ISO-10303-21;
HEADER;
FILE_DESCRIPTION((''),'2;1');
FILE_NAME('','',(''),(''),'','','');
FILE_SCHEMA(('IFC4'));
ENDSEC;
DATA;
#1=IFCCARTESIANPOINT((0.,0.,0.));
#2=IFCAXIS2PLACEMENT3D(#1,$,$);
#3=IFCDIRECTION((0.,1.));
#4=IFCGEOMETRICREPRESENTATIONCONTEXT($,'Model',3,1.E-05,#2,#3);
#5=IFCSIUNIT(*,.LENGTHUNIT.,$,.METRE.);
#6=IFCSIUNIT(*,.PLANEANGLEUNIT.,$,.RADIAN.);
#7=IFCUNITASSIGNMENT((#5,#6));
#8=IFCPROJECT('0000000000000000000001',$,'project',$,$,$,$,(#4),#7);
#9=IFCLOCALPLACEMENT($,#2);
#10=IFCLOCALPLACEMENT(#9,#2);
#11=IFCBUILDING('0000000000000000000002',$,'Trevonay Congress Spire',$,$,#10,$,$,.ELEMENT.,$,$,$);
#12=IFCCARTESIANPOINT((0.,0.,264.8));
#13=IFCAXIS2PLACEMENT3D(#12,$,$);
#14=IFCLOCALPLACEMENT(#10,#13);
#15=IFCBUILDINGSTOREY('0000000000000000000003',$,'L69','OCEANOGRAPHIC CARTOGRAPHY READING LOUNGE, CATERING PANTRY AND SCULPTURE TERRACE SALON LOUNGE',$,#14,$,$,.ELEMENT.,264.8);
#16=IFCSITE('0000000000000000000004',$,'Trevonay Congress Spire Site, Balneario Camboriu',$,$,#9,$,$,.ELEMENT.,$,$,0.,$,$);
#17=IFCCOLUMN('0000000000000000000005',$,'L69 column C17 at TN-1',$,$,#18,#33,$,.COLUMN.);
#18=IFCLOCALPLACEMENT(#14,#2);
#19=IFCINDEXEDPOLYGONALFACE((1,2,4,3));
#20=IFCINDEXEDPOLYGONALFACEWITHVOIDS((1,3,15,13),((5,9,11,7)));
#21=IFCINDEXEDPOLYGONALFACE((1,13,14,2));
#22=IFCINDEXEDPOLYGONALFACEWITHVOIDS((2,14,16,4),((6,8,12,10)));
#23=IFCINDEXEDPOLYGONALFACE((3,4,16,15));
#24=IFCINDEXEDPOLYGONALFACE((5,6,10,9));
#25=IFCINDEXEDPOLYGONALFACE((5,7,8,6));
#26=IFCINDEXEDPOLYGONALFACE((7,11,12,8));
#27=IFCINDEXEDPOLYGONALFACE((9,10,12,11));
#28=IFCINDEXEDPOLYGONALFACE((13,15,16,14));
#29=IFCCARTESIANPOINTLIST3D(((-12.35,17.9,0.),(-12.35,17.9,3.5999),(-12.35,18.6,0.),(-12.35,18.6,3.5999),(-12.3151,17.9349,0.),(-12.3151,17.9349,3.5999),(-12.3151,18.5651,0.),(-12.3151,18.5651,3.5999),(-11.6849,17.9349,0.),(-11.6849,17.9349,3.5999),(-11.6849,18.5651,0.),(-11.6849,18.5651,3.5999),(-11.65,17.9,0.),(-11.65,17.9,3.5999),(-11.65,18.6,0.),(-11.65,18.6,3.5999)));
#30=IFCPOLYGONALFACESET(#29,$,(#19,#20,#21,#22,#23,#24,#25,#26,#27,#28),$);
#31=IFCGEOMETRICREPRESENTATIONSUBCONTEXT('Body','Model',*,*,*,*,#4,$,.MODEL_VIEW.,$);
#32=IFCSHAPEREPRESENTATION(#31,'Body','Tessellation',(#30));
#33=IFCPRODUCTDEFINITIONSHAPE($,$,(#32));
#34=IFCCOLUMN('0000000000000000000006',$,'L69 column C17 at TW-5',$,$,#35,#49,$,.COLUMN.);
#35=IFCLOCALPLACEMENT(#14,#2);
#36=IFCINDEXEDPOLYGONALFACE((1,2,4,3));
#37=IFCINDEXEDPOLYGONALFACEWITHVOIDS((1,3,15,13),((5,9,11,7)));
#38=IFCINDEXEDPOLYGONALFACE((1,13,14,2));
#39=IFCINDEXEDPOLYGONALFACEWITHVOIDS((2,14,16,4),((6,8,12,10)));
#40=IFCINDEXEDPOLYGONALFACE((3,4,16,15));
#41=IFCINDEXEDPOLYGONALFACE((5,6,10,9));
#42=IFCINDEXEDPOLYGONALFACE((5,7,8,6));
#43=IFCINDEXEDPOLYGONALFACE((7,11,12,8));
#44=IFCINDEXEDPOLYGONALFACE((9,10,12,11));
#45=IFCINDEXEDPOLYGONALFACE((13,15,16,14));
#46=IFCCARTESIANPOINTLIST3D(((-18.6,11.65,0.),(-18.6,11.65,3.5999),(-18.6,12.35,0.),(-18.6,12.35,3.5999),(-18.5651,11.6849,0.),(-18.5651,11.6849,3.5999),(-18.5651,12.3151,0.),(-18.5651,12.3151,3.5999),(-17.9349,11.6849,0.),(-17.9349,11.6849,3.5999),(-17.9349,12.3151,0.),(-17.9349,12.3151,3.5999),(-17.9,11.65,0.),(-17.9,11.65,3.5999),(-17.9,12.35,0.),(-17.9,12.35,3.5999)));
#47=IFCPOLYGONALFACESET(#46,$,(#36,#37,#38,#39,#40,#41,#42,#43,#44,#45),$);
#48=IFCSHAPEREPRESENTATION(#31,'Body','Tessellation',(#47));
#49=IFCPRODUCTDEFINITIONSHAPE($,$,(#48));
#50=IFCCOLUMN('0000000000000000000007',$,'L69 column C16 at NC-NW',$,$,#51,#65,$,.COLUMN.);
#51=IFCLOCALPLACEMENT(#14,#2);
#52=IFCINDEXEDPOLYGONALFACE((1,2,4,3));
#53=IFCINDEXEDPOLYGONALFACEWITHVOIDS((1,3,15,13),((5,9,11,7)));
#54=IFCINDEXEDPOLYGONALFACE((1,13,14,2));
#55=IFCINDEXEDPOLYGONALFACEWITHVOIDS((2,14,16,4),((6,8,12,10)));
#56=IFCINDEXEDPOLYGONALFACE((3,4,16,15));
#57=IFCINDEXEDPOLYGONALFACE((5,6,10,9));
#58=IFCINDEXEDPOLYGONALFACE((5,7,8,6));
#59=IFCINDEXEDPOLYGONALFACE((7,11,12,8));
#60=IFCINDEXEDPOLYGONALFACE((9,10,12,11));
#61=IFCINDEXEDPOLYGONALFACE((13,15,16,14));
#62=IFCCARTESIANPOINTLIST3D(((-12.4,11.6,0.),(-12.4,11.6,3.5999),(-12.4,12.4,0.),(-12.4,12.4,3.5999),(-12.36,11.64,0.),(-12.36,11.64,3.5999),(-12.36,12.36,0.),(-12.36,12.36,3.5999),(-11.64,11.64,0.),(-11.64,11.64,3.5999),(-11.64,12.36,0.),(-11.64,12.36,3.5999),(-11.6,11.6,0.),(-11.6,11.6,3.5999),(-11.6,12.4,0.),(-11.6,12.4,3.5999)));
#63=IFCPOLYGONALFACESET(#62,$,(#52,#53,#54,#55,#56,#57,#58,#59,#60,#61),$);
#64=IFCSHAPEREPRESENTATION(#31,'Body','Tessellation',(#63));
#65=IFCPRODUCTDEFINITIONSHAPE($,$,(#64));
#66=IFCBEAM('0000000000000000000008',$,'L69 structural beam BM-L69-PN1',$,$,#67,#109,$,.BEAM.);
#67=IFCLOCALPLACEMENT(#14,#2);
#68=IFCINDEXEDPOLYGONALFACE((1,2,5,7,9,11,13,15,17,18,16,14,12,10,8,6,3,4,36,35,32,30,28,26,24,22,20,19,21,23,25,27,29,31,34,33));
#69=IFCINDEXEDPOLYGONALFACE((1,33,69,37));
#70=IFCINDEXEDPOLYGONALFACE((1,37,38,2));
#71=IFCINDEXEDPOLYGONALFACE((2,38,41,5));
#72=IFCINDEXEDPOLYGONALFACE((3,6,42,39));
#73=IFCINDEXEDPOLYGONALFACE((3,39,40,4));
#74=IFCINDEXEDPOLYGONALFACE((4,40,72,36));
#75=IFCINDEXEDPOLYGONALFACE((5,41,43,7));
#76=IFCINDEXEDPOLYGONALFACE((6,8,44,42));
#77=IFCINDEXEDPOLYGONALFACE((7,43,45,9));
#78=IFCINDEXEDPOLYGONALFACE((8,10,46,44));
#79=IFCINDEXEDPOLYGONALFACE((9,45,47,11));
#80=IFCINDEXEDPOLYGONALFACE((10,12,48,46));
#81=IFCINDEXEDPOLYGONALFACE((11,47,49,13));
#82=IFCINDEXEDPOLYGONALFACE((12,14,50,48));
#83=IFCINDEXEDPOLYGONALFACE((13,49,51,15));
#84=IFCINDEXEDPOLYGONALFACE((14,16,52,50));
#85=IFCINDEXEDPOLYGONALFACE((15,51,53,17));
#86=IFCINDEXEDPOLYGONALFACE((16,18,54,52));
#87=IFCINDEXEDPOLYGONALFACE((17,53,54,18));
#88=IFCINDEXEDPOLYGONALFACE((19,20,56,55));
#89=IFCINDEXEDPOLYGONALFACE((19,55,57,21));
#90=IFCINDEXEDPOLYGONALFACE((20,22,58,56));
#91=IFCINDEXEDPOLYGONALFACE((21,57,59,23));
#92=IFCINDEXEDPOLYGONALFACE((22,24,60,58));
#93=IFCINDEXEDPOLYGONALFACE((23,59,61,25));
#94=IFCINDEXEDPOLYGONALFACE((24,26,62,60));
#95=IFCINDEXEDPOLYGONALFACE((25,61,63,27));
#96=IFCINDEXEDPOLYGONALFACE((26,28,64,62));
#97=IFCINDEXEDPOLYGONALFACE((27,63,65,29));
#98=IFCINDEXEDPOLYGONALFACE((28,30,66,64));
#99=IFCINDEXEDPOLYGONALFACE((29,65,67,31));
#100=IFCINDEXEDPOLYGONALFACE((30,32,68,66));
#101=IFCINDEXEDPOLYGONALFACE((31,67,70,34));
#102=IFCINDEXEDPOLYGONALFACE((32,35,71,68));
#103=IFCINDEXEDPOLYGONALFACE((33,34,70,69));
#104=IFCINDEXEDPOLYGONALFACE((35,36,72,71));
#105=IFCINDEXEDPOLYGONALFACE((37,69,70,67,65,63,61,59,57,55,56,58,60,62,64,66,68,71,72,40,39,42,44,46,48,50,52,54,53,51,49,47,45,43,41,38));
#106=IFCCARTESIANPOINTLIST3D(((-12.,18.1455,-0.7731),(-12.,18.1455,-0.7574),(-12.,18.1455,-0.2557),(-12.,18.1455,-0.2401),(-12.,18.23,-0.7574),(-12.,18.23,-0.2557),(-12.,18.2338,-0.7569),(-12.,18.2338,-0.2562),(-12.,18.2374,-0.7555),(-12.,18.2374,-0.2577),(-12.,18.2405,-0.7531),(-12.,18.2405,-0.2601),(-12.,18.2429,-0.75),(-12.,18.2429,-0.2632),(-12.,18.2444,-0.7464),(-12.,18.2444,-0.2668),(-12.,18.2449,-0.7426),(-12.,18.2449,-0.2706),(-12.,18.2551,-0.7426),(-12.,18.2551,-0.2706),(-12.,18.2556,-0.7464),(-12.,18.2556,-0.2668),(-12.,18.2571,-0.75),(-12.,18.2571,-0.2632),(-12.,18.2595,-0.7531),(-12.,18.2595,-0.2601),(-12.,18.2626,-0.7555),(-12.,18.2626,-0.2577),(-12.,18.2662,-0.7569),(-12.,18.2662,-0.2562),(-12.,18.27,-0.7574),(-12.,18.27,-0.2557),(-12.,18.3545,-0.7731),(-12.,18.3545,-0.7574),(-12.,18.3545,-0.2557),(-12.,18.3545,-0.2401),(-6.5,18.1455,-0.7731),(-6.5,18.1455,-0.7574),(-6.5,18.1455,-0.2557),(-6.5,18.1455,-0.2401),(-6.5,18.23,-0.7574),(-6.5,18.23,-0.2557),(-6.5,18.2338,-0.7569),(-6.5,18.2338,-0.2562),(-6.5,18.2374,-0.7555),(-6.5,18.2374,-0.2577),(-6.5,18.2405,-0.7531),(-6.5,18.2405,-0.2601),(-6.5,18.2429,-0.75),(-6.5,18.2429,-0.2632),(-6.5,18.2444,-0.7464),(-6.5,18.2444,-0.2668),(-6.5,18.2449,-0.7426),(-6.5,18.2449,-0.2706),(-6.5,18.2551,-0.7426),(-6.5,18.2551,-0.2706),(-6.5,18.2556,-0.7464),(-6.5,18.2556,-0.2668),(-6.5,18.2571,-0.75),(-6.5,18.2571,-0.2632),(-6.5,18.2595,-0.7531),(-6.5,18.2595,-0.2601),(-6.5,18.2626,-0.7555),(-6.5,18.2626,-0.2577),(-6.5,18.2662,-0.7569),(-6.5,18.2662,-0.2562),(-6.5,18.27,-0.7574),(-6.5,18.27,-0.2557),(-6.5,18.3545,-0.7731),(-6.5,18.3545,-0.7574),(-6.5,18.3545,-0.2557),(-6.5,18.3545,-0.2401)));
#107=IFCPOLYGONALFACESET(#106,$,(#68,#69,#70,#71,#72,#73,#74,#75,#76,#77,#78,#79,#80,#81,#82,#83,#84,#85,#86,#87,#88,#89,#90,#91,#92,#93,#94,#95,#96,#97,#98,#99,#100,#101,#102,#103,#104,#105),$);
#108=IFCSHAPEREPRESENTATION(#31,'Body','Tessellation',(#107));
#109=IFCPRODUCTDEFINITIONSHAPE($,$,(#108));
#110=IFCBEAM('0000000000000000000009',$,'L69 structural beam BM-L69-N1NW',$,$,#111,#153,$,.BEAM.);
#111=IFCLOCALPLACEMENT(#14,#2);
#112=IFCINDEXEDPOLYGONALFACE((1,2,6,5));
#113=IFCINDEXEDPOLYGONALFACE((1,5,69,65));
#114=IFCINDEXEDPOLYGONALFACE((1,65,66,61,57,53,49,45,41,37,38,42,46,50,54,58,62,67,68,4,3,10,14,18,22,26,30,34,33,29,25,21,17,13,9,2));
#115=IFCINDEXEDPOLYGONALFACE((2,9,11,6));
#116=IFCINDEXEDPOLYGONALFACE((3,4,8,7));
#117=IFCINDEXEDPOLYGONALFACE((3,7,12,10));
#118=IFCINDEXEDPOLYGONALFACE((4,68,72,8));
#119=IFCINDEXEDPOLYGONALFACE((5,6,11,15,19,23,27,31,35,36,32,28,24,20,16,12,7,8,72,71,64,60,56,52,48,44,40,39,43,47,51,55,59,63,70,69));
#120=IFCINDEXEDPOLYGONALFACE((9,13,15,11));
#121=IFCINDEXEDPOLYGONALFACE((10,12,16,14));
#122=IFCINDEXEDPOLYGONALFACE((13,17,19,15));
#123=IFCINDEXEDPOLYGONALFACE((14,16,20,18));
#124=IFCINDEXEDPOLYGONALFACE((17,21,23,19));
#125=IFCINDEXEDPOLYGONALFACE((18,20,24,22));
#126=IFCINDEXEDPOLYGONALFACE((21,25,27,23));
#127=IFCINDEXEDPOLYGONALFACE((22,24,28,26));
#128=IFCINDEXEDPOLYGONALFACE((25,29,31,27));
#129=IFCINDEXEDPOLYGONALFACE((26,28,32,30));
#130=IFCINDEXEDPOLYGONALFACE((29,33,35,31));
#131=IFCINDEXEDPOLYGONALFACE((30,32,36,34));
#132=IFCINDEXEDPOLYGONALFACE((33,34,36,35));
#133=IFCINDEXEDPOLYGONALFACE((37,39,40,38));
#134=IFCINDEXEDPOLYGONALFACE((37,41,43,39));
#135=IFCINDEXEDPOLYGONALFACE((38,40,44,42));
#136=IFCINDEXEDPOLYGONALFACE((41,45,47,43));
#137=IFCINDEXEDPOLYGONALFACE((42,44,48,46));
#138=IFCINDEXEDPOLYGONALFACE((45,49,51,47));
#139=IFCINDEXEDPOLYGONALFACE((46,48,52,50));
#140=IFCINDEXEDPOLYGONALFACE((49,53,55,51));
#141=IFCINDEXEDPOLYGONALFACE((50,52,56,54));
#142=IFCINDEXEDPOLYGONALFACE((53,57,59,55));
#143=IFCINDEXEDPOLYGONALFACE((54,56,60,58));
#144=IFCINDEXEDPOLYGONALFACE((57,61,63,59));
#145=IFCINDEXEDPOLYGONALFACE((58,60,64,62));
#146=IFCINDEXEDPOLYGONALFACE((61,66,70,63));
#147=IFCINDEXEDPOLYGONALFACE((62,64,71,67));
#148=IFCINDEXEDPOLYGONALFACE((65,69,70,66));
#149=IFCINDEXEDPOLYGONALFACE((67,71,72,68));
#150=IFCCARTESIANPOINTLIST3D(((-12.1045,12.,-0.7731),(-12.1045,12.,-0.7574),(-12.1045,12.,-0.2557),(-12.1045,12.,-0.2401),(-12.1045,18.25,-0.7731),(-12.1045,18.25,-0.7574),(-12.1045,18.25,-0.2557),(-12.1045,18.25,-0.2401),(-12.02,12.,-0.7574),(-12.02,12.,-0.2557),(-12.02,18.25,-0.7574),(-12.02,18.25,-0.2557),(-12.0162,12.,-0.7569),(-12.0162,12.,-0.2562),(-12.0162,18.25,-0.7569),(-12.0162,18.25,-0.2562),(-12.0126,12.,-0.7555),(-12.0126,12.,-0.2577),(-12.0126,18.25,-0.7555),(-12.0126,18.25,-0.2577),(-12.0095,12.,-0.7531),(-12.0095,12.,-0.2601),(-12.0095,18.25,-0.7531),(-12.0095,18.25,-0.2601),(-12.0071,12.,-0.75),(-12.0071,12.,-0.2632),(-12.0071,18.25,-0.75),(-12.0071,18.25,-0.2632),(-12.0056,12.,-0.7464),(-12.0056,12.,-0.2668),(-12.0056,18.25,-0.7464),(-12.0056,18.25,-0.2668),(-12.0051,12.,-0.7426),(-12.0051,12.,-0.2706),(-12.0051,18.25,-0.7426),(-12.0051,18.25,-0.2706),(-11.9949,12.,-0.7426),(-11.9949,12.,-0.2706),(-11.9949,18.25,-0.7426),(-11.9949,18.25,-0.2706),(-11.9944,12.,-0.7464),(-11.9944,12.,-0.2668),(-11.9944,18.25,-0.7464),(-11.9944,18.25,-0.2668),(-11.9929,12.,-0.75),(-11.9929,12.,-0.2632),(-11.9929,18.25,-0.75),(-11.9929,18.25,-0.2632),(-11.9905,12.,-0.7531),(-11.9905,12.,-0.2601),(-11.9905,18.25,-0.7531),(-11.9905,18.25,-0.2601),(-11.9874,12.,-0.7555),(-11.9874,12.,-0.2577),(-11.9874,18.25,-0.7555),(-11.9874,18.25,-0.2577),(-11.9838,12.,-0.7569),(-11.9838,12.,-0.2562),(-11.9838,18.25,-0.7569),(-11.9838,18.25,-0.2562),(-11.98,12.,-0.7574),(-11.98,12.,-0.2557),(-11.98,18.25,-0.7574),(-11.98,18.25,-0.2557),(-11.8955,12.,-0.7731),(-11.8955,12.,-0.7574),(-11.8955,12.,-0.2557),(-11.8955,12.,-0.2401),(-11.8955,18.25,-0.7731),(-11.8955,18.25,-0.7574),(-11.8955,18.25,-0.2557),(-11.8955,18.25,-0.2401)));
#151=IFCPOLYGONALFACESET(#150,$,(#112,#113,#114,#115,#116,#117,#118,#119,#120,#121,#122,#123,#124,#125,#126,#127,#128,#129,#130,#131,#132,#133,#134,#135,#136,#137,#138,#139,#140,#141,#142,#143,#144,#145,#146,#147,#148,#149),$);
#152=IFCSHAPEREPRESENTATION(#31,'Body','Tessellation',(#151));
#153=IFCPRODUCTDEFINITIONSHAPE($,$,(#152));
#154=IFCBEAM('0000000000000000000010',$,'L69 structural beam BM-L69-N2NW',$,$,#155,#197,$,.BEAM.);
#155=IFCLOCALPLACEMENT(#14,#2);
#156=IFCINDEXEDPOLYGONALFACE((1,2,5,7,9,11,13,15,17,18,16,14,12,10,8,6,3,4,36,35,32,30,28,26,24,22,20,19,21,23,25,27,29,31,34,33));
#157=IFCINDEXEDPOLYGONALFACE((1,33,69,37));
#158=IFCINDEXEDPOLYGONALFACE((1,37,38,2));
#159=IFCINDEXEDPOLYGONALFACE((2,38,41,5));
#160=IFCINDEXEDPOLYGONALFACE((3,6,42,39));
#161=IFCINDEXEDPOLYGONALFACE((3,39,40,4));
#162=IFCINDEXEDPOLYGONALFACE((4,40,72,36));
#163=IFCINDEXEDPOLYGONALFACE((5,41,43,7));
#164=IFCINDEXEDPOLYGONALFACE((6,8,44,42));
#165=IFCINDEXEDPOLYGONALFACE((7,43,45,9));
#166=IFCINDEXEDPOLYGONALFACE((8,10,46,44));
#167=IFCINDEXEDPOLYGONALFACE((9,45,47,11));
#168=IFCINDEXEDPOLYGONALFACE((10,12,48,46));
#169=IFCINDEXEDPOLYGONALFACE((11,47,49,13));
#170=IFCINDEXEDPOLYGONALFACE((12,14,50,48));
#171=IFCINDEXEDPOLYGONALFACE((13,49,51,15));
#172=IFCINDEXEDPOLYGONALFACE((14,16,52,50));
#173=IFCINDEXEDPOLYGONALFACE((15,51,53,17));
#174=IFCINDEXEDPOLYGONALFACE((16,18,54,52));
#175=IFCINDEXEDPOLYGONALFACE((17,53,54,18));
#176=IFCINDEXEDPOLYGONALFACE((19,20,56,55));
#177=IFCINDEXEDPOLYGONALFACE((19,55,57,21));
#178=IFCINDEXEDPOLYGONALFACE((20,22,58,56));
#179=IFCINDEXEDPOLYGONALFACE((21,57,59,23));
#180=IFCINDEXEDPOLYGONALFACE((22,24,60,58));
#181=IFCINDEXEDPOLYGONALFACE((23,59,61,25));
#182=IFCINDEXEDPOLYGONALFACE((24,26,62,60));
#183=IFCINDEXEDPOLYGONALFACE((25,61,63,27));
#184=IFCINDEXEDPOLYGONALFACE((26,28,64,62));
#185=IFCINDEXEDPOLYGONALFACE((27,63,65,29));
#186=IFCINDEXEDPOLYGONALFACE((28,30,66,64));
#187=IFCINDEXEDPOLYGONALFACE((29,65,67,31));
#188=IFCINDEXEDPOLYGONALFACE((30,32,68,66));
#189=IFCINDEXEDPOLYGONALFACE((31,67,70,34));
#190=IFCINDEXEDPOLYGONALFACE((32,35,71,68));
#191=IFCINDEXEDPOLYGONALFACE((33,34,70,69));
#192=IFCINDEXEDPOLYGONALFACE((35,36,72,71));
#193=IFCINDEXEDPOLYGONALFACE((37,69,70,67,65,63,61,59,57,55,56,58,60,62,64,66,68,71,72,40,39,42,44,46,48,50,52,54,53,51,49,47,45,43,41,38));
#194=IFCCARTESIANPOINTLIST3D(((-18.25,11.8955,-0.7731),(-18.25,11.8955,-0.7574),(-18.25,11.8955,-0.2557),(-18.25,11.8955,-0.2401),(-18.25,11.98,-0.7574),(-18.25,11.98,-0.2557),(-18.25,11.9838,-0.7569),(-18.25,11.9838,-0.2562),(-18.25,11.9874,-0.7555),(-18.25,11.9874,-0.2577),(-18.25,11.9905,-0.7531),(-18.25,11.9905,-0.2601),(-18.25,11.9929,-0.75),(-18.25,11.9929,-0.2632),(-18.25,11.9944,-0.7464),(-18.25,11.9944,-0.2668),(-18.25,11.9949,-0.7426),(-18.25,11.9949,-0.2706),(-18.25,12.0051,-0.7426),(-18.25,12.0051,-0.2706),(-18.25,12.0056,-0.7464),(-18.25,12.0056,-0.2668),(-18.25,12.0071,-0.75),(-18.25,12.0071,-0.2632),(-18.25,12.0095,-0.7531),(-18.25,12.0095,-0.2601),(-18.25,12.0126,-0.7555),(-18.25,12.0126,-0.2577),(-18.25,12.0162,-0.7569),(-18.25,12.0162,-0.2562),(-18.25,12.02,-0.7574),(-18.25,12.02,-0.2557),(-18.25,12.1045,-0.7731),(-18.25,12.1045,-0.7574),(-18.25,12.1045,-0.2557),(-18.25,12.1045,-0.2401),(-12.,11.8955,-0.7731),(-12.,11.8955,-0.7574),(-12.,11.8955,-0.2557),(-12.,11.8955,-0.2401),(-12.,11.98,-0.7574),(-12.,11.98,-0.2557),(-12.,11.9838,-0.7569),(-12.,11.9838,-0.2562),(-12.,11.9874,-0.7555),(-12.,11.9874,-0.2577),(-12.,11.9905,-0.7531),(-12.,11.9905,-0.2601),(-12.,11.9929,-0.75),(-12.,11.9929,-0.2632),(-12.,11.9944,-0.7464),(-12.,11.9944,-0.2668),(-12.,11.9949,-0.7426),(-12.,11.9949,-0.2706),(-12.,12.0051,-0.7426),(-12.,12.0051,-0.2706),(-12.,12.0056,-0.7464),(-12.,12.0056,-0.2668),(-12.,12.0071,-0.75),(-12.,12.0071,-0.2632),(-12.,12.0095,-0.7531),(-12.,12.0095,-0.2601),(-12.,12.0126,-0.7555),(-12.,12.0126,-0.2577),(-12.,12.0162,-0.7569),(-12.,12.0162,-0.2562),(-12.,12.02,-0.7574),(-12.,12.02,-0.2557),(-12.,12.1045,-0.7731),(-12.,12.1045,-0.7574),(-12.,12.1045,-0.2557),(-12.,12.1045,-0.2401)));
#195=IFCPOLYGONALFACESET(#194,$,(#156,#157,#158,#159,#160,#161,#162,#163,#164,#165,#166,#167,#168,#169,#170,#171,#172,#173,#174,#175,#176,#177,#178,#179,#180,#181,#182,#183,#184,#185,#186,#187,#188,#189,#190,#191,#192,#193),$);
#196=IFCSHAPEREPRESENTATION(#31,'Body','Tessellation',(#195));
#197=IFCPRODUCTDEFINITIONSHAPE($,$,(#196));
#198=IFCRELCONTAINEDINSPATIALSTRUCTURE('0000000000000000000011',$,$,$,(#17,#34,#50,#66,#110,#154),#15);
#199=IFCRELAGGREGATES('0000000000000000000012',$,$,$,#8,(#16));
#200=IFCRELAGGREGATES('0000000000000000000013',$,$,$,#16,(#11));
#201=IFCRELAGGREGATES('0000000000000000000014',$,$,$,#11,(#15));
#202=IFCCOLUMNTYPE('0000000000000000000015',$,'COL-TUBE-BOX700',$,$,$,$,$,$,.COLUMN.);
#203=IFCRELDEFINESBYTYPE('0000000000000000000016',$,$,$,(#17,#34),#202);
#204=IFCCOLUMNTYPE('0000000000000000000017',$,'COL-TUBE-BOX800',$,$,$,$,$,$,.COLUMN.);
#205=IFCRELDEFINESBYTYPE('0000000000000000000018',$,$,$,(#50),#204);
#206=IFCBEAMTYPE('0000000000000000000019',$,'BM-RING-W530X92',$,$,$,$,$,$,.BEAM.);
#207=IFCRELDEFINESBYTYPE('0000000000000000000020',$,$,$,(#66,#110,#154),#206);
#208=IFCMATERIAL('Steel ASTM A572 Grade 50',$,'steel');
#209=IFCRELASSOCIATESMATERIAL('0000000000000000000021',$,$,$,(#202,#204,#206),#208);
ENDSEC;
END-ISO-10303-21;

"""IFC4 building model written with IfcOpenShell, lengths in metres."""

from ifc_helpers import new_model, si_unit, direction, frame, origin, origin_2d, place, context, subcontext, project, spatial, hollow_rectangle, i_section, extrude, material, material_profile, profile_set, type_object, element, save


model = new_model("IFC4")

# Units and contexts
model_context = context("Model", 3, precision=1e-05, world=origin(), true_north=direction((0.0, 1.0)))
body_context = subcontext(model_context, "Body", "Model", "MODEL_VIEW")
ifc_project = project(units=[si_unit("LENGTHUNIT", "METRE"), si_unit("PLANEANGLEUNIT", "RADIAN")], contexts=[model_context])

# Site, building, storey
site_placement = place(None, origin())
site = spatial("IfcSite", under=ifc_project, at=site_placement, Name="Trevonay Congress Spire Site, Balneario Camboriu", CompositionType="ELEMENT", RefElevation=0.0)
building_placement = place(site_placement, origin())
building = spatial("IfcBuilding", under=site, at=building_placement, Name="Trevonay Congress Spire", CompositionType="ELEMENT")
storey_placement = place(building_placement, frame((0.0, 0.0, 264.8)))
storey = spatial("IfcBuildingStorey", under=building, at=storey_placement, Name="L69", Description="OCEANOGRAPHIC CARTOGRAPHY READING LOUNGE, CATERING PANTRY AND SCULPTURE TERRACE SALON LOUNGE", CompositionType="ELEMENT", Elevation=264.8)

# Columns
ifc_material_1 = material(Name="Steel ASTM A572 Grade 50", Category="steel")
ifc_material_profile_1 = material_profile(ifc_material_1, hollow_rectangle(XDim=0.7, YDim=0.7, WallThickness=0.0349, at=origin_2d()), Name="BOX 700x700x35")
ifc_profile_set_1 = profile_set([ifc_material_profile_1], Name="Steel ASTM A572 Grade 50")
column_type_1 = type_object("IfcColumnType", Name="COL-TUBE-BOX700", PredefinedType="COLUMN", material=ifc_profile_set_1)
for number, where, z_axis, x_axis, name in (
    (1, (-12.0, 18.25, 0.0), (0.0, 0.0, 1.0), (1.0, 0.0, 0.0), "L69 column C17 at TN-1"),
    (2, (-18.25, 12.0, 0.0), (0.0, 0.0, 1.0), (1.0, 0.0, 0.0), "L69 column C17 at TW-5"),
):
    element("IfcColumn", number, at=place(storey_placement, frame(where, z_axis=z_axis, x_axis=x_axis)), inside=storey, type_object=column_type_1, Name=name, PredefinedType="COLUMN", context=body_context, shape_type="SweptSolid", body=[
        extrude(hollow_rectangle(XDim=0.7, YDim=0.7, WallThickness=0.0349, at=origin_2d()), origin(), (0.0, 0.0, 1.0), 3.5999),
    ])
ifc_material_profile_2 = material_profile(ifc_material_1, hollow_rectangle(XDim=0.8, YDim=0.8, WallThickness=0.04, at=origin_2d()), Name="BOX 800x800x40")
ifc_profile_set_2 = profile_set([ifc_material_profile_2], Name="Steel ASTM A572 Grade 50")
column_type_2 = type_object("IfcColumnType", Name="COL-TUBE-BOX800", PredefinedType="COLUMN", material=ifc_profile_set_2)
column_placement = place(storey_placement, frame((-12.0, 12.0, 0.0), z_axis=(0.0, 0.0, 1.0), x_axis=(1.0, 0.0, 0.0)))
element("IfcColumn", 3, at=column_placement, inside=storey, type_object=column_type_2, Name="L69 column C16 at NC-NW", PredefinedType="COLUMN", context=body_context, shape_type="SweptSolid", body=[
    extrude(hollow_rectangle(XDim=0.8, YDim=0.8, WallThickness=0.04, at=origin_2d()), origin(), (0.0, 0.0, 1.0), 3.5999),
])

# Beams
ifc_material_profile_3 = material_profile(ifc_material_1, i_section(OverallWidth=0.209, OverallDepth=0.533, WebThickness=0.0103, FlangeThickness=0.0156, FilletRadius=0.0149, at=origin_2d()), Name="W530x92")
ifc_profile_set_3 = profile_set([ifc_material_profile_3], Name="Steel ASTM A572 Grade 50")
beam_type_1 = type_object("IfcBeamType", Name="BM-RING-W530X92", PredefinedType="BEAM", material=ifc_profile_set_3)
beam_1_placement = place(storey_placement, frame((-12.0, 18.25, -0.5066), z_axis=(1.0, 0.0, 0.0), x_axis=(0.0, 1.0, 0.0)))
element("IfcBeam", 4, at=beam_1_placement, inside=storey, type_object=beam_type_1, Name="L69 structural beam BM-L69-PN1", PredefinedType="BEAM", context=body_context, shape_type="SweptSolid", body=[
    extrude(i_section(OverallWidth=0.209, OverallDepth=0.533, WebThickness=0.0103, FlangeThickness=0.0156, FilletRadius=0.0149, at=origin_2d()), origin(), (0.0, 0.0, 1.0), 5.5),
])
for number, where, z_axis, x_axis, name in (
    (5, (-12.0, 18.25, -0.5066), (0.0, -1.0, 0.0), (1.0, 0.0, 0.0), "L69 structural beam BM-L69-N1NW"),
    (6, (-18.25, 12.0, -0.5066), (1.0, 0.0, 0.0), (0.0, 1.0, 0.0), "L69 structural beam BM-L69-N2NW"),
):
    element("IfcBeam", number, at=place(storey_placement, frame(where, z_axis=z_axis, x_axis=x_axis)), inside=storey, type_object=beam_type_1, Name=name, PredefinedType="BEAM", context=body_context, shape_type="SweptSolid", body=[
        extrude(i_section(OverallWidth=0.209, OverallDepth=0.533, WebThickness=0.0103, FlangeThickness=0.0156, FilletRadius=0.0149, at=origin_2d()), origin(), (0.0, 0.0, 1.0), 6.25),
    ])

save(model, "model.ifc")
